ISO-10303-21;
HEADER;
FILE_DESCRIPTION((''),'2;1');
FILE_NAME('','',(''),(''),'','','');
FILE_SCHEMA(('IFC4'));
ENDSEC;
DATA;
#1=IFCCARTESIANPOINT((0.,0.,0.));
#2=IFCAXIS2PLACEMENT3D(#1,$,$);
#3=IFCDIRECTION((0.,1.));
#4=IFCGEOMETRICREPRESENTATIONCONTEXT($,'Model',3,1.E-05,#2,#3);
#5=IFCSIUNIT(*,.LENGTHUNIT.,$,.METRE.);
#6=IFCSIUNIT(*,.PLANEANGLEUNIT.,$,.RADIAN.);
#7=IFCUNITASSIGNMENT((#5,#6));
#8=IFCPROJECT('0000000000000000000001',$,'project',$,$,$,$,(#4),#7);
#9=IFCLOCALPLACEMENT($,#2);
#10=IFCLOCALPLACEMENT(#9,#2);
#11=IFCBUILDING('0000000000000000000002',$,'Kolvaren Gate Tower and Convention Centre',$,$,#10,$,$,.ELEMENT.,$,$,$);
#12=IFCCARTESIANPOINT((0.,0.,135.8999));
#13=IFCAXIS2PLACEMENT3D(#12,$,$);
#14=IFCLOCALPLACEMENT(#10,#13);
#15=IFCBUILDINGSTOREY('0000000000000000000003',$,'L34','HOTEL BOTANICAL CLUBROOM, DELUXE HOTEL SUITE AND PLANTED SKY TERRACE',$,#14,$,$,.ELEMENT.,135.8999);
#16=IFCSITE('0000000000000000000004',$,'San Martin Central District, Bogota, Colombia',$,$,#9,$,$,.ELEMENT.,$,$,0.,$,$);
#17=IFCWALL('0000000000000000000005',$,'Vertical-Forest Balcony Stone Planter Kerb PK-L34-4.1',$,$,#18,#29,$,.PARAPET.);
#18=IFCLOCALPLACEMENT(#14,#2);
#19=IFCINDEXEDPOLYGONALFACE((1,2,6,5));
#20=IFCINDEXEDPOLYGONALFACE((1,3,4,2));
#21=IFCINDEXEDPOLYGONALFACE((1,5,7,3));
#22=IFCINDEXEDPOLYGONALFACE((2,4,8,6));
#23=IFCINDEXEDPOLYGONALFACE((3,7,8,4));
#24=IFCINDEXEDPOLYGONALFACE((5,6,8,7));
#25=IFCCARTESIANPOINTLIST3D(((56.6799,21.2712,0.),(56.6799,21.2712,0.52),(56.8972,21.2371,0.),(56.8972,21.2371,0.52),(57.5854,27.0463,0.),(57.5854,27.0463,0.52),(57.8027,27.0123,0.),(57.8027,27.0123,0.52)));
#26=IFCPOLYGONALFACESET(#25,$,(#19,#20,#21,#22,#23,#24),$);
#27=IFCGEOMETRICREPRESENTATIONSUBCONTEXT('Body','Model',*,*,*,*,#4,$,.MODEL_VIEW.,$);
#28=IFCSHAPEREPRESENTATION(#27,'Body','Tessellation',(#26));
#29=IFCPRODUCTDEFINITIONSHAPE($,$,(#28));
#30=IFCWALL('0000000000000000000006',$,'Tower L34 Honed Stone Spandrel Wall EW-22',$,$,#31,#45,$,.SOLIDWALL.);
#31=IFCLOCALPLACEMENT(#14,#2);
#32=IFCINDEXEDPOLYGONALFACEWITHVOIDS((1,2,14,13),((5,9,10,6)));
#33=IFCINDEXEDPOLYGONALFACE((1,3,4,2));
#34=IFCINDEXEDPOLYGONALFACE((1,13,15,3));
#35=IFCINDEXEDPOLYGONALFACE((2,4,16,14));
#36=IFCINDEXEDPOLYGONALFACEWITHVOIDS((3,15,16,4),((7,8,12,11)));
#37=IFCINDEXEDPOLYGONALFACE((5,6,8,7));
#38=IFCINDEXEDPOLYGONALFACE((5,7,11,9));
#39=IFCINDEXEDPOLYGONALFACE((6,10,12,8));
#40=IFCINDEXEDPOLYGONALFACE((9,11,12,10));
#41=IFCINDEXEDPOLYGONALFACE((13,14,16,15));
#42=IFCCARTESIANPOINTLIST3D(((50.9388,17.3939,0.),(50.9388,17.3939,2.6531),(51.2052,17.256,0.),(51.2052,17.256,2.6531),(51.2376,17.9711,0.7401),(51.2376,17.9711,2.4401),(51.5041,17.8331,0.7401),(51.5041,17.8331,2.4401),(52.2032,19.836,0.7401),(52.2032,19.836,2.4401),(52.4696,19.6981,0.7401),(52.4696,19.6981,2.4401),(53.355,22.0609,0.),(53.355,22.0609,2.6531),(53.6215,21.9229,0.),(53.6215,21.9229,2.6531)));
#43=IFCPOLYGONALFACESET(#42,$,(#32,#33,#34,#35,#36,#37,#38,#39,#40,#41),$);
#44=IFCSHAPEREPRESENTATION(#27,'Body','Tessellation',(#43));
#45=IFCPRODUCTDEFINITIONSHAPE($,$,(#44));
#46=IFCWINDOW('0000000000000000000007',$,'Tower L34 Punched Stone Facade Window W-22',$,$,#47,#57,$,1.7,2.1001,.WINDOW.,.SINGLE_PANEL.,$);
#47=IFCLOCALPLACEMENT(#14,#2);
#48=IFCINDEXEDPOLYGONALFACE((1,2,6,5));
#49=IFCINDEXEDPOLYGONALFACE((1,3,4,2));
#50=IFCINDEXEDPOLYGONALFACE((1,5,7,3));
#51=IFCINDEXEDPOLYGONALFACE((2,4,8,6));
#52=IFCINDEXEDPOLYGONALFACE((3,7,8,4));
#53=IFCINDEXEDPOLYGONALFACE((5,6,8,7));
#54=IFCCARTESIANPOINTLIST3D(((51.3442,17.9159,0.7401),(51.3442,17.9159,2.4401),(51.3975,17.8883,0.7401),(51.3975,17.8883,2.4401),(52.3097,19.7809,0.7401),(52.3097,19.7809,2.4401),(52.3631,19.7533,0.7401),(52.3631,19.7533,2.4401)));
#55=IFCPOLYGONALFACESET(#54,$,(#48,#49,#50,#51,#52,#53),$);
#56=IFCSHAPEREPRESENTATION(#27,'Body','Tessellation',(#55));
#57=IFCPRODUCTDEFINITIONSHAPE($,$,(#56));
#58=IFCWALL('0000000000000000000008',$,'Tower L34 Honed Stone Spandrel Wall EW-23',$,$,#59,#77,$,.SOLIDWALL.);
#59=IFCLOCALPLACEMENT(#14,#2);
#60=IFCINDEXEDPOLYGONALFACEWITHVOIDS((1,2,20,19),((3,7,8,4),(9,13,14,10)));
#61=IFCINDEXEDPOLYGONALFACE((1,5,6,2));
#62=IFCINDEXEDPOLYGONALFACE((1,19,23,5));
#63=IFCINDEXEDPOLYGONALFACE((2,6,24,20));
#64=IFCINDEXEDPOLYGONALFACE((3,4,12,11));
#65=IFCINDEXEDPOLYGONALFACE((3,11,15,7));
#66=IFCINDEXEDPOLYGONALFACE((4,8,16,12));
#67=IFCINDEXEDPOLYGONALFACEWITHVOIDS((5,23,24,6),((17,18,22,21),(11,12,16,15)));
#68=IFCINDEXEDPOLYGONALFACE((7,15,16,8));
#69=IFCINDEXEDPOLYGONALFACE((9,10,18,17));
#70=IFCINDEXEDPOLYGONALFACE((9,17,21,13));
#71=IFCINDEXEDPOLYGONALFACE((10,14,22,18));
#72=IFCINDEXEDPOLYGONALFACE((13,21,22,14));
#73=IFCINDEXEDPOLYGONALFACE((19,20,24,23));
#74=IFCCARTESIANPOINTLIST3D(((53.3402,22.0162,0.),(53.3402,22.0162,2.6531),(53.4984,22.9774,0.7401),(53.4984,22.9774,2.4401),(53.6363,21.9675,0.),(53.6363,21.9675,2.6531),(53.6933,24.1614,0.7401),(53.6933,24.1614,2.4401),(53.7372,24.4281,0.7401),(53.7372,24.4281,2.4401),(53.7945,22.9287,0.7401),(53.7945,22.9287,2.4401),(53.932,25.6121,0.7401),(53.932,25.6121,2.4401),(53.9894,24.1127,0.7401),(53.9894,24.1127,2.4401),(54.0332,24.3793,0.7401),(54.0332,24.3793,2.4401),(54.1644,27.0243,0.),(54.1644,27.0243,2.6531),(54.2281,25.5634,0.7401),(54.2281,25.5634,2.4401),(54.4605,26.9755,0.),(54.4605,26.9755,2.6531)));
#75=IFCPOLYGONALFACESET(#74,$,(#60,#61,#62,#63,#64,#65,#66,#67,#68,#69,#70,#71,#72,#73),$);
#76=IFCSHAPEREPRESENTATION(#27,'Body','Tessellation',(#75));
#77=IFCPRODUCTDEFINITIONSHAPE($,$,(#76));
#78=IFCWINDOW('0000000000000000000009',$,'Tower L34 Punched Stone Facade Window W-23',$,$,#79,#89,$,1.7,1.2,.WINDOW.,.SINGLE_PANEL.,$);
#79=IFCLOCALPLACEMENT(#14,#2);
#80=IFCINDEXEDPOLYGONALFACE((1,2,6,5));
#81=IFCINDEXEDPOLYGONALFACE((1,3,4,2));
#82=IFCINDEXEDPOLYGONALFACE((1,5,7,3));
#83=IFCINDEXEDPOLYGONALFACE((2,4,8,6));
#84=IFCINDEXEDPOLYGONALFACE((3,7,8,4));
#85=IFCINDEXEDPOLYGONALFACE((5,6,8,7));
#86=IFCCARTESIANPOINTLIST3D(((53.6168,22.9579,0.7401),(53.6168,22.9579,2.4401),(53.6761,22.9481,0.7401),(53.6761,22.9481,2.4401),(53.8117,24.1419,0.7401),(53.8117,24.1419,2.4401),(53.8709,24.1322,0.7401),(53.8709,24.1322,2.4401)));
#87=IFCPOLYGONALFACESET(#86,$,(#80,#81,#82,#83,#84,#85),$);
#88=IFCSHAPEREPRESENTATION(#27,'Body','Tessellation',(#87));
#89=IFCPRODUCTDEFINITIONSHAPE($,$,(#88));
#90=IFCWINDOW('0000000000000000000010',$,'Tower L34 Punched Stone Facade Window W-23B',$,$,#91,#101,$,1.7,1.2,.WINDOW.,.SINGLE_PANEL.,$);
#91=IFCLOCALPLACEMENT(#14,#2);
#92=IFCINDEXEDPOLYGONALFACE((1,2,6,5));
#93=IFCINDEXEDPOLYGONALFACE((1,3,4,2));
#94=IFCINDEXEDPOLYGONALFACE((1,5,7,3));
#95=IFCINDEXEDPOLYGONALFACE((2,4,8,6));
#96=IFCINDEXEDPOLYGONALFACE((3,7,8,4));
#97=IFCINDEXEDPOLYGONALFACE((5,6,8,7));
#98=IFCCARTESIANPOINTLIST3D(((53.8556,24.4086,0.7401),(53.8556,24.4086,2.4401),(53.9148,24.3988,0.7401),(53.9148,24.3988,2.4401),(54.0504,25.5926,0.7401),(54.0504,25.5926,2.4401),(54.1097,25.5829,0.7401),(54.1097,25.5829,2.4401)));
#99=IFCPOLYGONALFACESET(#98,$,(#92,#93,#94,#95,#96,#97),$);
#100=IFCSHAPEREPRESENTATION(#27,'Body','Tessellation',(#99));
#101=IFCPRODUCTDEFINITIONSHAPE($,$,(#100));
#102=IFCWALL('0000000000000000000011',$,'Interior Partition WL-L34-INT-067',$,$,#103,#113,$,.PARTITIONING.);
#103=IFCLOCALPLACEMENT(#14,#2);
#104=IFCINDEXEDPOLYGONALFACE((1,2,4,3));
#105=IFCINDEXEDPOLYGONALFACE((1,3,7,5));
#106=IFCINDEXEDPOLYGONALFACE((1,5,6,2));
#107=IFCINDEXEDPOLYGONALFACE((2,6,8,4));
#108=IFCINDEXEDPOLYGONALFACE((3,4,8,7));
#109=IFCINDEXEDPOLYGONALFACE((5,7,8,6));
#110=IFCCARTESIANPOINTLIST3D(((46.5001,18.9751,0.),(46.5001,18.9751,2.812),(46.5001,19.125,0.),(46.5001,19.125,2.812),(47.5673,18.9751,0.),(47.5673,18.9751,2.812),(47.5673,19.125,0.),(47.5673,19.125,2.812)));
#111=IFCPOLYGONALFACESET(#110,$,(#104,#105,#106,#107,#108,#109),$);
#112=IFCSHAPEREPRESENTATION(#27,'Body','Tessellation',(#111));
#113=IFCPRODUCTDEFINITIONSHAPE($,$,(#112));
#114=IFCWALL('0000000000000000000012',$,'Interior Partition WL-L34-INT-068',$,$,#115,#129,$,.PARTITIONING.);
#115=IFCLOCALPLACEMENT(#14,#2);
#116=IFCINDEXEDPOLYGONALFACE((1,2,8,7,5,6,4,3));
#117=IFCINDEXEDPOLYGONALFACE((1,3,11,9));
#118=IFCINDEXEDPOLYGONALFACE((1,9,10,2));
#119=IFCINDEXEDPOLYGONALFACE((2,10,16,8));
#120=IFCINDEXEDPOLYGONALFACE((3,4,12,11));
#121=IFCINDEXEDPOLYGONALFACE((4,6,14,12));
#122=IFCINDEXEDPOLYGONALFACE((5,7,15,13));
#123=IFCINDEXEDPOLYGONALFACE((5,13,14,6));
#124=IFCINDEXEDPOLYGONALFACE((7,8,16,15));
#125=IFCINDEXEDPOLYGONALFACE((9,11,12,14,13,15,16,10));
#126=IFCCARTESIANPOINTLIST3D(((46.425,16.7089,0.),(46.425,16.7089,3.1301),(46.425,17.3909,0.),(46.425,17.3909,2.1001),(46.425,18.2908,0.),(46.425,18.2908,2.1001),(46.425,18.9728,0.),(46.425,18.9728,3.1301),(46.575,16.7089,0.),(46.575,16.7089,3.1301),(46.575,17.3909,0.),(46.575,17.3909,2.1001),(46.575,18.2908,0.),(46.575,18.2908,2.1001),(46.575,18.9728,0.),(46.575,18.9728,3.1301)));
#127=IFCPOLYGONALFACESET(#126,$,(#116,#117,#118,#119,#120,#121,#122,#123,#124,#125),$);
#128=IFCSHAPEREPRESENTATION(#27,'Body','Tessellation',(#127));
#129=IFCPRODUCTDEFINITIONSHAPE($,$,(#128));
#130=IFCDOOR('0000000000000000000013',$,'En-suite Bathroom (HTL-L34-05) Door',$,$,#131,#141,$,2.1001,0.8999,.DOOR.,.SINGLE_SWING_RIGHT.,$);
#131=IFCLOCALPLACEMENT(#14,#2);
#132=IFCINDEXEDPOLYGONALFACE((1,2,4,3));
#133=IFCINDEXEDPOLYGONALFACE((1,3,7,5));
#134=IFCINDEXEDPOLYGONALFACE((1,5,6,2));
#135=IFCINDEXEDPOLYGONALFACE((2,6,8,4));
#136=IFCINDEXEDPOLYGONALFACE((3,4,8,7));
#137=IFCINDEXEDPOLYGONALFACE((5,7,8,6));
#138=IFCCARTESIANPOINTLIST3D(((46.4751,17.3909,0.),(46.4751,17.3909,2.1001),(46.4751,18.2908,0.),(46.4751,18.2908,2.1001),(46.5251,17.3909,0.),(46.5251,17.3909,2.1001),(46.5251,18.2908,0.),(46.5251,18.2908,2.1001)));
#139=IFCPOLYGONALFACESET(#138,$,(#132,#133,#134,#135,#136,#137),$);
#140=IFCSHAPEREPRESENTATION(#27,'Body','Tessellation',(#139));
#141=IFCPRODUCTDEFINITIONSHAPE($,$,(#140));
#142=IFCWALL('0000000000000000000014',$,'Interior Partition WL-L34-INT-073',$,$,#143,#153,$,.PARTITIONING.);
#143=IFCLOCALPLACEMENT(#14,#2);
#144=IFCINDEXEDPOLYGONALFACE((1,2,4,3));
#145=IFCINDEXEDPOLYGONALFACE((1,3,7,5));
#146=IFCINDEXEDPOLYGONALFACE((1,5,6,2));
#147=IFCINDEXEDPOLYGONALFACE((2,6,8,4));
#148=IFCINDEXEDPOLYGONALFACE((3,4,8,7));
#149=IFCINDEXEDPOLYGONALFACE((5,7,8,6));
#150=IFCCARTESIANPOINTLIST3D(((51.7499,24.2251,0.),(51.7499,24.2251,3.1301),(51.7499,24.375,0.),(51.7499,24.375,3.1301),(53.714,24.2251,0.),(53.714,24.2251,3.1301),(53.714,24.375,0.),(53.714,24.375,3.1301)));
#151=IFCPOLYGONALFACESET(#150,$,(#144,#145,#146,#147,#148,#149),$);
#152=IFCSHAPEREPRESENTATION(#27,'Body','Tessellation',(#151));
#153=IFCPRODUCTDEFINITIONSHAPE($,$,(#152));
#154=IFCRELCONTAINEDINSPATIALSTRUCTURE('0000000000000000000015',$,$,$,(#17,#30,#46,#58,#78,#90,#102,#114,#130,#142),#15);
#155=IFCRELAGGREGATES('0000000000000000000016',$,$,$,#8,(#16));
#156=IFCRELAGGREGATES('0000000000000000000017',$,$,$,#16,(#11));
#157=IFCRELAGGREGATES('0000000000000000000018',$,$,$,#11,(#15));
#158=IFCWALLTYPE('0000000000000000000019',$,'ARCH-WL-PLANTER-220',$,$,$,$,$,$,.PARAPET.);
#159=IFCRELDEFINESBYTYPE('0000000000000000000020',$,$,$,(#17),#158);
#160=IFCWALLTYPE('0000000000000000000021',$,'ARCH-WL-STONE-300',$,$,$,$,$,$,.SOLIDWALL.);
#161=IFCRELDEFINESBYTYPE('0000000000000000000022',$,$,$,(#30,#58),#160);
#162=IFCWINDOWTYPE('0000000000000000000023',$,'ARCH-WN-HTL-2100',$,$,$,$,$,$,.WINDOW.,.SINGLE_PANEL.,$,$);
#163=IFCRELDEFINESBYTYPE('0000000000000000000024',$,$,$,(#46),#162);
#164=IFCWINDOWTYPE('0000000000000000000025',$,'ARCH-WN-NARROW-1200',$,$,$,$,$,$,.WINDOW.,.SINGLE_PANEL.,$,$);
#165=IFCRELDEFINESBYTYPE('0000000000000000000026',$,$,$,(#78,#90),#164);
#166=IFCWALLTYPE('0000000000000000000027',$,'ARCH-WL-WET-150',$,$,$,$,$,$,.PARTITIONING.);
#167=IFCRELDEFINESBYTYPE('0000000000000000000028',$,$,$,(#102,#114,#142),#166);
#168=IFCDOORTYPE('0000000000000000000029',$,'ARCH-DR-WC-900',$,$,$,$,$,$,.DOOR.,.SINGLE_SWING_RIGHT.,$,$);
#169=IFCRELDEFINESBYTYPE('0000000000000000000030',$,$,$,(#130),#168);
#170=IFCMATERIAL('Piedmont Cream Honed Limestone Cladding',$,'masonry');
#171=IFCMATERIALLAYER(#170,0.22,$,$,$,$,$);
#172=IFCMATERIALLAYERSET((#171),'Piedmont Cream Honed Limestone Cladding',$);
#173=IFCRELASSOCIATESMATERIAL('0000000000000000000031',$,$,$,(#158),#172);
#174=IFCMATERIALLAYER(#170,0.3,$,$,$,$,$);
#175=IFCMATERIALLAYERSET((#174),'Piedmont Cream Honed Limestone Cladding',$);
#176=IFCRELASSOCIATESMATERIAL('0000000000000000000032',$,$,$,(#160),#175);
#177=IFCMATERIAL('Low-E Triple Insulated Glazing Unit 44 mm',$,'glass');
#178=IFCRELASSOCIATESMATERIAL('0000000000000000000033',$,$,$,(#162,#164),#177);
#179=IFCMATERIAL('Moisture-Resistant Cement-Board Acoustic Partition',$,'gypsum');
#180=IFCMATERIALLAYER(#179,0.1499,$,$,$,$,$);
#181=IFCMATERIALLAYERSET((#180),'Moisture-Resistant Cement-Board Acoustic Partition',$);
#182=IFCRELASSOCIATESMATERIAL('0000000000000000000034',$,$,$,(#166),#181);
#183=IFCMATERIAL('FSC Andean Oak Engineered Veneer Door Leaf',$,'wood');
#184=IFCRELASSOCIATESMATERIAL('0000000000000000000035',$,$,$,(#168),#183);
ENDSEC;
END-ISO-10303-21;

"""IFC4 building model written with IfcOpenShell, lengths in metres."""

from ifc_helpers import new_model, si_unit, direction, frame, frame_2d, origin, place, context, subcontext, project, spatial, rectangle, extrude, material, layer, layer_set, type_object, element, fill, save


model = new_model("IFC4")

# Units and contexts
model_context = context("Model", 3, precision=1e-05, world=origin(), true_north=direction((0.0, 1.0)))
body_context = subcontext(model_context, "Body", "Model", "MODEL_VIEW")
ifc_project = project(units=[si_unit("LENGTHUNIT", "METRE"), si_unit("PLANEANGLEUNIT", "RADIAN")], contexts=[model_context])

# Site, building, storey
site_placement = place(None, origin())
site = spatial("IfcSite", under=ifc_project, at=site_placement, Name="San Martin Central District, Bogota, Colombia", CompositionType="ELEMENT", RefElevation=0.0)
building_placement = place(site_placement, origin())
building = spatial("IfcBuilding", under=site, at=building_placement, Name="Kolvaren Gate Tower and Convention Centre", CompositionType="ELEMENT")
storey_placement = place(building_placement, frame((0.0, 0.0, 135.8999)))
storey = spatial("IfcBuildingStorey", under=building, at=storey_placement, Name="L34", Description="HOTEL BOTANICAL CLUBROOM, DELUXE HOTEL SUITE AND PLANTED SKY TERRACE", CompositionType="ELEMENT", Elevation=135.8999)

# Shared definitions
ifc_material_1 = material(Name="Low-E Triple Insulated Glazing Unit 44 mm", Category="glass")

# Wall
ifc_material_2 = material(Name="Piedmont Cream Honed Limestone Cladding", Category="masonry")
ifc_layer_1 = layer(ifc_material_2, 0.22)
ifc_layer_set_1 = layer_set([ifc_layer_1], Name="Piedmont Cream Honed Limestone Cladding")
wall_type_1 = type_object("IfcWallType", Name="ARCH-WL-PLANTER-220", PredefinedType="PARAPET", material=ifc_layer_set_1)
wall_1_placement = place(storey_placement, frame((56.7886, 21.2542, 0.0), z_axis=(0.0, 0.0, 1.0), x_axis=(0.154903, 0.98793, 0.0)))
element("IfcWall", 1, at=wall_1_placement, inside=storey, type_object=wall_type_1, Name="Vertical-Forest Balcony Stone Planter Kerb PK-L34-4.1", PredefinedType="PARAPET", context=body_context, shape_type="SweptSolid", body=[
    extrude(rectangle(XDim=5.8457, YDim=0.22, at=frame_2d((2.9229, 0.0))), origin(), (0.0, 0.0, 1.0), 0.52),
])

# Wall, opening, window
ifc_layer_2 = layer(ifc_material_2, 0.3)
ifc_layer_set_2 = layer_set([ifc_layer_2], Name="Piedmont Cream Honed Limestone Cladding")
wall_type_2 = type_object("IfcWallType", Name="ARCH-WL-STONE-300", PredefinedType="SOLIDWALL", material=ifc_layer_set_2)
wall_2_placement = place(storey_placement, frame((51.072, 17.325, 0.0), z_axis=(0.0, 0.0, 1.0), x_axis=(0.459768, 0.888039, 0.0)))
wall_2 = element("IfcWall", 2, at=wall_2_placement, inside=storey, type_object=wall_type_2, Name="Tower L34 Honed Stone Spandrel Wall EW-22", PredefinedType="SOLIDWALL", context=body_context, shape_type="SweptSolid", body=[
    extrude(rectangle(XDim=5.2554, YDim=0.3, at=frame_2d((2.6277, 0.0))), origin(), (0.0, 0.0, 1.0), 2.6531),
])
opening_1_placement = place(wall_2_placement, frame((0.6499, 0.0, 0.74)))
opening_1 = element("IfcOpeningElement", 3, at=opening_1_placement, cuts=wall_2, PredefinedType="OPENING", context=body_context, shape_type="SweptSolid", body=[
    extrude(rectangle(XDim=2.1001, YDim=1.7, at=frame_2d((1.05, 0.8501))), frame((0.0, 0.1599, 0.0), z_axis=(0.0, -1.0, 0.0), x_axis=(1.0, 0.0, 0.0)), (0.0, 0.0, 1.0), 0.3201),
])
window_type_1 = type_object("IfcWindowType", Name="ARCH-WN-HTL-2100", PartitioningType="SINGLE_PANEL", PredefinedType="WINDOW", material=ifc_material_1)
window_1_placement = place(opening_1_placement, origin())
window_1 = element("IfcWindow", 4, at=window_1_placement, inside=storey, type_object=window_type_1, Name="Tower L34 Punched Stone Facade Window W-22", OverallHeight=1.7, OverallWidth=2.1001, PartitioningType="SINGLE_PANEL", PredefinedType="WINDOW", context=body_context, shape_type="SweptSolid", body=[
    extrude(rectangle(XDim=2.1001, YDim=1.7, at=frame_2d((1.05, 0.8501))), frame((0.0, 0.03, 0.0), z_axis=(0.0, -1.0, 0.0), x_axis=(1.0, 0.0, 0.0)), (0.0, 0.0, 1.0), 0.0601),
])
fill(opening_1, window_1)

# Wall, openings, windows
wall_3_placement = place(storey_placement, frame((53.4883, 21.9919, 0.0), z_axis=(0.0, 0.0, 1.0), x_axis=(0.162394, 0.986726, 0.0)))
wall_3 = element("IfcWall", 5, at=wall_3_placement, inside=storey, type_object=wall_type_2, Name="Tower L34 Honed Stone Spandrel Wall EW-23", PredefinedType="SOLIDWALL", context=body_context, shape_type="SweptSolid", body=[
    extrude(rectangle(XDim=5.0754, YDim=0.3, at=frame_2d((2.5376, 0.0))), origin(), (0.0, 0.0, 1.0), 2.6531),
])
opening_2_placement = place(wall_3_placement, frame((0.9739, 0.0, 0.74)))
opening_2 = element("IfcOpeningElement", 6, at=opening_2_placement, cuts=wall_3, PredefinedType="OPENING", context=body_context, shape_type="SweptSolid", body=[
    extrude(rectangle(XDim=1.2, YDim=1.7, at=frame_2d((0.6001, 0.8501))), frame((0.0, 0.1599, 0.0), z_axis=(0.0, -1.0, 0.0), x_axis=(1.0, 0.0, 0.0)), (0.0, 0.0, 1.0), 0.3201),
])
opening_3_placement = place(wall_3_placement, frame((2.4441, 0.0, 0.74)))
opening_3 = element("IfcOpeningElement", 7, at=opening_3_placement, cuts=wall_3, PredefinedType="OPENING", context=body_context, shape_type="SweptSolid", body=[
    extrude(rectangle(XDim=1.2, YDim=1.7, at=frame_2d((0.6001, 0.8501))), frame((0.0, 0.1599, 0.0), z_axis=(0.0, -1.0, 0.0), x_axis=(1.0, 0.0, 0.0)), (0.0, 0.0, 1.0), 0.3201),
])
window_type_2 = type_object("IfcWindowType", Name="ARCH-WN-NARROW-1200", PartitioningType="SINGLE_PANEL", PredefinedType="WINDOW", material=ifc_material_1)
window_2_placement = place(opening_2_placement, origin())
window_2 = element("IfcWindow", 8, at=window_2_placement, inside=storey, type_object=window_type_2, Name="Tower L34 Punched Stone Facade Window W-23", OverallHeight=1.7, OverallWidth=1.2, PartitioningType="SINGLE_PANEL", PredefinedType="WINDOW", context=body_context, shape_type="SweptSolid", body=[
    extrude(rectangle(XDim=1.2, YDim=1.7, at=frame_2d((0.6001, 0.8501))), frame((0.0, 0.03, 0.0), z_axis=(0.0, -1.0, 0.0), x_axis=(1.0, 0.0, 0.0)), (0.0, 0.0, 1.0), 0.0601),
])
fill(opening_2, window_2)
window_3_placement = place(opening_3_placement, origin())
window_3 = element("IfcWindow", 9, at=window_3_placement, inside=storey, type_object=window_type_2, Name="Tower L34 Punched Stone Facade Window W-23B", OverallHeight=1.7, OverallWidth=1.2, PartitioningType="SINGLE_PANEL", PredefinedType="WINDOW", context=body_context, shape_type="SweptSolid", body=[
    extrude(rectangle(XDim=1.2, YDim=1.7, at=frame_2d((0.6001, 0.8501))), frame((0.0, 0.03, 0.0), z_axis=(0.0, -1.0, 0.0), x_axis=(1.0, 0.0, 0.0)), (0.0, 0.0, 1.0), 0.0601),
])
fill(opening_3, window_3)

# Wall
ifc_material_3 = material(Name="Moisture-Resistant Cement-Board Acoustic Partition", Category="gypsum")
ifc_layer_3 = layer(ifc_material_3, 0.1499)
ifc_layer_set_3 = layer_set([ifc_layer_3], Name="Moisture-Resistant Cement-Board Acoustic Partition")
wall_type_3 = type_object("IfcWallType", Name="ARCH-WL-WET-150", PredefinedType="PARTITIONING", material=ifc_layer_set_3)
wall_4_placement = place(storey_placement, frame((46.5, 19.05, 0.0), z_axis=(0.0, 0.0, 1.0), x_axis=(1.0, 0.0, 0.0)))
element("IfcWall", 10, at=wall_4_placement, inside=storey, type_object=wall_type_3, Name="Interior Partition WL-L34-INT-067", PredefinedType="PARTITIONING", context=body_context, shape_type="SweptSolid", body=[
    extrude(rectangle(XDim=1.0671, YDim=0.1499, at=frame_2d((0.5337, 0.0))), origin(), (0.0, 0.0, 1.0), 2.812),
])

# Wall, opening, door
wall_5_placement = place(storey_placement, frame((46.5, 16.709, 0.0), z_axis=(0.0, 0.0, 1.0), x_axis=(0.0, 1.0, 0.0)))
wall_5 = element("IfcWall", 11, at=wall_5_placement, inside=storey, type_object=wall_type_3, Name="Interior Partition WL-L34-INT-068", PredefinedType="PARTITIONING", context=body_context, shape_type="SweptSolid", body=[
    extrude(rectangle(XDim=2.2639, YDim=0.1499, at=frame_2d((1.1318, 0.0))), origin(), (0.0, 0.0, 1.0), 3.1301),
])
opening_4_placement = place(wall_5_placement, frame((0.6819, 0.0, 0.0)))
opening_4 = element("IfcOpeningElement", 12, at=opening_4_placement, cuts=wall_5, PredefinedType="OPENING", context=body_context, shape_type="SweptSolid", body=[
    extrude(rectangle(XDim=0.8999, YDim=2.1001, at=frame_2d((0.45, 1.05))), frame((0.0, 0.085, 0.0), z_axis=(0.0, -1.0, 0.0), x_axis=(1.0, 0.0, 0.0)), (0.0, 0.0, 1.0), 0.1699),
])
ifc_material_4 = material(Name="FSC Andean Oak Engineered Veneer Door Leaf", Category="wood")
door_type = type_object("IfcDoorType", Name="ARCH-DR-WC-900", OperationType="SINGLE_SWING_RIGHT", PredefinedType="DOOR", material=ifc_material_4)
door_1_placement = place(opening_4_placement, origin())
door_1 = element("IfcDoor", 13, at=door_1_placement, inside=storey, type_object=door_type, Name="En-suite Bathroom (HTL-L34-05) Door", OperationType="SINGLE_SWING_RIGHT", OverallHeight=2.1001, OverallWidth=0.8999, PredefinedType="DOOR", context=body_context, shape_type="SweptSolid", body=[
    extrude(rectangle(XDim=0.8999, YDim=2.1001, at=frame_2d((0.45, 1.05))), frame((0.0, 0.0249, 0.0), z_axis=(0.0, -1.0, 0.0), x_axis=(1.0, 0.0, 0.0)), (0.0, 0.0, 1.0), 0.05),
])
fill(opening_4, door_1)

# Wall
wall_6_placement = place(storey_placement, frame((51.75, 24.3, 0.0), z_axis=(0.0, 0.0, 1.0), x_axis=(1.0, 0.0, 0.0)))
element("IfcWall", 14, at=wall_6_placement, inside=storey, type_object=wall_type_3, Name="Interior Partition WL-L34-INT-073", PredefinedType="PARTITIONING", context=body_context, shape_type="SweptSolid", body=[
    extrude(rectangle(XDim=1.9641, YDim=0.1499, at=frame_2d((0.9819, 0.0))), origin(), (0.0, 0.0, 1.0), 3.1301),
])

save(model, "model.ifc")
